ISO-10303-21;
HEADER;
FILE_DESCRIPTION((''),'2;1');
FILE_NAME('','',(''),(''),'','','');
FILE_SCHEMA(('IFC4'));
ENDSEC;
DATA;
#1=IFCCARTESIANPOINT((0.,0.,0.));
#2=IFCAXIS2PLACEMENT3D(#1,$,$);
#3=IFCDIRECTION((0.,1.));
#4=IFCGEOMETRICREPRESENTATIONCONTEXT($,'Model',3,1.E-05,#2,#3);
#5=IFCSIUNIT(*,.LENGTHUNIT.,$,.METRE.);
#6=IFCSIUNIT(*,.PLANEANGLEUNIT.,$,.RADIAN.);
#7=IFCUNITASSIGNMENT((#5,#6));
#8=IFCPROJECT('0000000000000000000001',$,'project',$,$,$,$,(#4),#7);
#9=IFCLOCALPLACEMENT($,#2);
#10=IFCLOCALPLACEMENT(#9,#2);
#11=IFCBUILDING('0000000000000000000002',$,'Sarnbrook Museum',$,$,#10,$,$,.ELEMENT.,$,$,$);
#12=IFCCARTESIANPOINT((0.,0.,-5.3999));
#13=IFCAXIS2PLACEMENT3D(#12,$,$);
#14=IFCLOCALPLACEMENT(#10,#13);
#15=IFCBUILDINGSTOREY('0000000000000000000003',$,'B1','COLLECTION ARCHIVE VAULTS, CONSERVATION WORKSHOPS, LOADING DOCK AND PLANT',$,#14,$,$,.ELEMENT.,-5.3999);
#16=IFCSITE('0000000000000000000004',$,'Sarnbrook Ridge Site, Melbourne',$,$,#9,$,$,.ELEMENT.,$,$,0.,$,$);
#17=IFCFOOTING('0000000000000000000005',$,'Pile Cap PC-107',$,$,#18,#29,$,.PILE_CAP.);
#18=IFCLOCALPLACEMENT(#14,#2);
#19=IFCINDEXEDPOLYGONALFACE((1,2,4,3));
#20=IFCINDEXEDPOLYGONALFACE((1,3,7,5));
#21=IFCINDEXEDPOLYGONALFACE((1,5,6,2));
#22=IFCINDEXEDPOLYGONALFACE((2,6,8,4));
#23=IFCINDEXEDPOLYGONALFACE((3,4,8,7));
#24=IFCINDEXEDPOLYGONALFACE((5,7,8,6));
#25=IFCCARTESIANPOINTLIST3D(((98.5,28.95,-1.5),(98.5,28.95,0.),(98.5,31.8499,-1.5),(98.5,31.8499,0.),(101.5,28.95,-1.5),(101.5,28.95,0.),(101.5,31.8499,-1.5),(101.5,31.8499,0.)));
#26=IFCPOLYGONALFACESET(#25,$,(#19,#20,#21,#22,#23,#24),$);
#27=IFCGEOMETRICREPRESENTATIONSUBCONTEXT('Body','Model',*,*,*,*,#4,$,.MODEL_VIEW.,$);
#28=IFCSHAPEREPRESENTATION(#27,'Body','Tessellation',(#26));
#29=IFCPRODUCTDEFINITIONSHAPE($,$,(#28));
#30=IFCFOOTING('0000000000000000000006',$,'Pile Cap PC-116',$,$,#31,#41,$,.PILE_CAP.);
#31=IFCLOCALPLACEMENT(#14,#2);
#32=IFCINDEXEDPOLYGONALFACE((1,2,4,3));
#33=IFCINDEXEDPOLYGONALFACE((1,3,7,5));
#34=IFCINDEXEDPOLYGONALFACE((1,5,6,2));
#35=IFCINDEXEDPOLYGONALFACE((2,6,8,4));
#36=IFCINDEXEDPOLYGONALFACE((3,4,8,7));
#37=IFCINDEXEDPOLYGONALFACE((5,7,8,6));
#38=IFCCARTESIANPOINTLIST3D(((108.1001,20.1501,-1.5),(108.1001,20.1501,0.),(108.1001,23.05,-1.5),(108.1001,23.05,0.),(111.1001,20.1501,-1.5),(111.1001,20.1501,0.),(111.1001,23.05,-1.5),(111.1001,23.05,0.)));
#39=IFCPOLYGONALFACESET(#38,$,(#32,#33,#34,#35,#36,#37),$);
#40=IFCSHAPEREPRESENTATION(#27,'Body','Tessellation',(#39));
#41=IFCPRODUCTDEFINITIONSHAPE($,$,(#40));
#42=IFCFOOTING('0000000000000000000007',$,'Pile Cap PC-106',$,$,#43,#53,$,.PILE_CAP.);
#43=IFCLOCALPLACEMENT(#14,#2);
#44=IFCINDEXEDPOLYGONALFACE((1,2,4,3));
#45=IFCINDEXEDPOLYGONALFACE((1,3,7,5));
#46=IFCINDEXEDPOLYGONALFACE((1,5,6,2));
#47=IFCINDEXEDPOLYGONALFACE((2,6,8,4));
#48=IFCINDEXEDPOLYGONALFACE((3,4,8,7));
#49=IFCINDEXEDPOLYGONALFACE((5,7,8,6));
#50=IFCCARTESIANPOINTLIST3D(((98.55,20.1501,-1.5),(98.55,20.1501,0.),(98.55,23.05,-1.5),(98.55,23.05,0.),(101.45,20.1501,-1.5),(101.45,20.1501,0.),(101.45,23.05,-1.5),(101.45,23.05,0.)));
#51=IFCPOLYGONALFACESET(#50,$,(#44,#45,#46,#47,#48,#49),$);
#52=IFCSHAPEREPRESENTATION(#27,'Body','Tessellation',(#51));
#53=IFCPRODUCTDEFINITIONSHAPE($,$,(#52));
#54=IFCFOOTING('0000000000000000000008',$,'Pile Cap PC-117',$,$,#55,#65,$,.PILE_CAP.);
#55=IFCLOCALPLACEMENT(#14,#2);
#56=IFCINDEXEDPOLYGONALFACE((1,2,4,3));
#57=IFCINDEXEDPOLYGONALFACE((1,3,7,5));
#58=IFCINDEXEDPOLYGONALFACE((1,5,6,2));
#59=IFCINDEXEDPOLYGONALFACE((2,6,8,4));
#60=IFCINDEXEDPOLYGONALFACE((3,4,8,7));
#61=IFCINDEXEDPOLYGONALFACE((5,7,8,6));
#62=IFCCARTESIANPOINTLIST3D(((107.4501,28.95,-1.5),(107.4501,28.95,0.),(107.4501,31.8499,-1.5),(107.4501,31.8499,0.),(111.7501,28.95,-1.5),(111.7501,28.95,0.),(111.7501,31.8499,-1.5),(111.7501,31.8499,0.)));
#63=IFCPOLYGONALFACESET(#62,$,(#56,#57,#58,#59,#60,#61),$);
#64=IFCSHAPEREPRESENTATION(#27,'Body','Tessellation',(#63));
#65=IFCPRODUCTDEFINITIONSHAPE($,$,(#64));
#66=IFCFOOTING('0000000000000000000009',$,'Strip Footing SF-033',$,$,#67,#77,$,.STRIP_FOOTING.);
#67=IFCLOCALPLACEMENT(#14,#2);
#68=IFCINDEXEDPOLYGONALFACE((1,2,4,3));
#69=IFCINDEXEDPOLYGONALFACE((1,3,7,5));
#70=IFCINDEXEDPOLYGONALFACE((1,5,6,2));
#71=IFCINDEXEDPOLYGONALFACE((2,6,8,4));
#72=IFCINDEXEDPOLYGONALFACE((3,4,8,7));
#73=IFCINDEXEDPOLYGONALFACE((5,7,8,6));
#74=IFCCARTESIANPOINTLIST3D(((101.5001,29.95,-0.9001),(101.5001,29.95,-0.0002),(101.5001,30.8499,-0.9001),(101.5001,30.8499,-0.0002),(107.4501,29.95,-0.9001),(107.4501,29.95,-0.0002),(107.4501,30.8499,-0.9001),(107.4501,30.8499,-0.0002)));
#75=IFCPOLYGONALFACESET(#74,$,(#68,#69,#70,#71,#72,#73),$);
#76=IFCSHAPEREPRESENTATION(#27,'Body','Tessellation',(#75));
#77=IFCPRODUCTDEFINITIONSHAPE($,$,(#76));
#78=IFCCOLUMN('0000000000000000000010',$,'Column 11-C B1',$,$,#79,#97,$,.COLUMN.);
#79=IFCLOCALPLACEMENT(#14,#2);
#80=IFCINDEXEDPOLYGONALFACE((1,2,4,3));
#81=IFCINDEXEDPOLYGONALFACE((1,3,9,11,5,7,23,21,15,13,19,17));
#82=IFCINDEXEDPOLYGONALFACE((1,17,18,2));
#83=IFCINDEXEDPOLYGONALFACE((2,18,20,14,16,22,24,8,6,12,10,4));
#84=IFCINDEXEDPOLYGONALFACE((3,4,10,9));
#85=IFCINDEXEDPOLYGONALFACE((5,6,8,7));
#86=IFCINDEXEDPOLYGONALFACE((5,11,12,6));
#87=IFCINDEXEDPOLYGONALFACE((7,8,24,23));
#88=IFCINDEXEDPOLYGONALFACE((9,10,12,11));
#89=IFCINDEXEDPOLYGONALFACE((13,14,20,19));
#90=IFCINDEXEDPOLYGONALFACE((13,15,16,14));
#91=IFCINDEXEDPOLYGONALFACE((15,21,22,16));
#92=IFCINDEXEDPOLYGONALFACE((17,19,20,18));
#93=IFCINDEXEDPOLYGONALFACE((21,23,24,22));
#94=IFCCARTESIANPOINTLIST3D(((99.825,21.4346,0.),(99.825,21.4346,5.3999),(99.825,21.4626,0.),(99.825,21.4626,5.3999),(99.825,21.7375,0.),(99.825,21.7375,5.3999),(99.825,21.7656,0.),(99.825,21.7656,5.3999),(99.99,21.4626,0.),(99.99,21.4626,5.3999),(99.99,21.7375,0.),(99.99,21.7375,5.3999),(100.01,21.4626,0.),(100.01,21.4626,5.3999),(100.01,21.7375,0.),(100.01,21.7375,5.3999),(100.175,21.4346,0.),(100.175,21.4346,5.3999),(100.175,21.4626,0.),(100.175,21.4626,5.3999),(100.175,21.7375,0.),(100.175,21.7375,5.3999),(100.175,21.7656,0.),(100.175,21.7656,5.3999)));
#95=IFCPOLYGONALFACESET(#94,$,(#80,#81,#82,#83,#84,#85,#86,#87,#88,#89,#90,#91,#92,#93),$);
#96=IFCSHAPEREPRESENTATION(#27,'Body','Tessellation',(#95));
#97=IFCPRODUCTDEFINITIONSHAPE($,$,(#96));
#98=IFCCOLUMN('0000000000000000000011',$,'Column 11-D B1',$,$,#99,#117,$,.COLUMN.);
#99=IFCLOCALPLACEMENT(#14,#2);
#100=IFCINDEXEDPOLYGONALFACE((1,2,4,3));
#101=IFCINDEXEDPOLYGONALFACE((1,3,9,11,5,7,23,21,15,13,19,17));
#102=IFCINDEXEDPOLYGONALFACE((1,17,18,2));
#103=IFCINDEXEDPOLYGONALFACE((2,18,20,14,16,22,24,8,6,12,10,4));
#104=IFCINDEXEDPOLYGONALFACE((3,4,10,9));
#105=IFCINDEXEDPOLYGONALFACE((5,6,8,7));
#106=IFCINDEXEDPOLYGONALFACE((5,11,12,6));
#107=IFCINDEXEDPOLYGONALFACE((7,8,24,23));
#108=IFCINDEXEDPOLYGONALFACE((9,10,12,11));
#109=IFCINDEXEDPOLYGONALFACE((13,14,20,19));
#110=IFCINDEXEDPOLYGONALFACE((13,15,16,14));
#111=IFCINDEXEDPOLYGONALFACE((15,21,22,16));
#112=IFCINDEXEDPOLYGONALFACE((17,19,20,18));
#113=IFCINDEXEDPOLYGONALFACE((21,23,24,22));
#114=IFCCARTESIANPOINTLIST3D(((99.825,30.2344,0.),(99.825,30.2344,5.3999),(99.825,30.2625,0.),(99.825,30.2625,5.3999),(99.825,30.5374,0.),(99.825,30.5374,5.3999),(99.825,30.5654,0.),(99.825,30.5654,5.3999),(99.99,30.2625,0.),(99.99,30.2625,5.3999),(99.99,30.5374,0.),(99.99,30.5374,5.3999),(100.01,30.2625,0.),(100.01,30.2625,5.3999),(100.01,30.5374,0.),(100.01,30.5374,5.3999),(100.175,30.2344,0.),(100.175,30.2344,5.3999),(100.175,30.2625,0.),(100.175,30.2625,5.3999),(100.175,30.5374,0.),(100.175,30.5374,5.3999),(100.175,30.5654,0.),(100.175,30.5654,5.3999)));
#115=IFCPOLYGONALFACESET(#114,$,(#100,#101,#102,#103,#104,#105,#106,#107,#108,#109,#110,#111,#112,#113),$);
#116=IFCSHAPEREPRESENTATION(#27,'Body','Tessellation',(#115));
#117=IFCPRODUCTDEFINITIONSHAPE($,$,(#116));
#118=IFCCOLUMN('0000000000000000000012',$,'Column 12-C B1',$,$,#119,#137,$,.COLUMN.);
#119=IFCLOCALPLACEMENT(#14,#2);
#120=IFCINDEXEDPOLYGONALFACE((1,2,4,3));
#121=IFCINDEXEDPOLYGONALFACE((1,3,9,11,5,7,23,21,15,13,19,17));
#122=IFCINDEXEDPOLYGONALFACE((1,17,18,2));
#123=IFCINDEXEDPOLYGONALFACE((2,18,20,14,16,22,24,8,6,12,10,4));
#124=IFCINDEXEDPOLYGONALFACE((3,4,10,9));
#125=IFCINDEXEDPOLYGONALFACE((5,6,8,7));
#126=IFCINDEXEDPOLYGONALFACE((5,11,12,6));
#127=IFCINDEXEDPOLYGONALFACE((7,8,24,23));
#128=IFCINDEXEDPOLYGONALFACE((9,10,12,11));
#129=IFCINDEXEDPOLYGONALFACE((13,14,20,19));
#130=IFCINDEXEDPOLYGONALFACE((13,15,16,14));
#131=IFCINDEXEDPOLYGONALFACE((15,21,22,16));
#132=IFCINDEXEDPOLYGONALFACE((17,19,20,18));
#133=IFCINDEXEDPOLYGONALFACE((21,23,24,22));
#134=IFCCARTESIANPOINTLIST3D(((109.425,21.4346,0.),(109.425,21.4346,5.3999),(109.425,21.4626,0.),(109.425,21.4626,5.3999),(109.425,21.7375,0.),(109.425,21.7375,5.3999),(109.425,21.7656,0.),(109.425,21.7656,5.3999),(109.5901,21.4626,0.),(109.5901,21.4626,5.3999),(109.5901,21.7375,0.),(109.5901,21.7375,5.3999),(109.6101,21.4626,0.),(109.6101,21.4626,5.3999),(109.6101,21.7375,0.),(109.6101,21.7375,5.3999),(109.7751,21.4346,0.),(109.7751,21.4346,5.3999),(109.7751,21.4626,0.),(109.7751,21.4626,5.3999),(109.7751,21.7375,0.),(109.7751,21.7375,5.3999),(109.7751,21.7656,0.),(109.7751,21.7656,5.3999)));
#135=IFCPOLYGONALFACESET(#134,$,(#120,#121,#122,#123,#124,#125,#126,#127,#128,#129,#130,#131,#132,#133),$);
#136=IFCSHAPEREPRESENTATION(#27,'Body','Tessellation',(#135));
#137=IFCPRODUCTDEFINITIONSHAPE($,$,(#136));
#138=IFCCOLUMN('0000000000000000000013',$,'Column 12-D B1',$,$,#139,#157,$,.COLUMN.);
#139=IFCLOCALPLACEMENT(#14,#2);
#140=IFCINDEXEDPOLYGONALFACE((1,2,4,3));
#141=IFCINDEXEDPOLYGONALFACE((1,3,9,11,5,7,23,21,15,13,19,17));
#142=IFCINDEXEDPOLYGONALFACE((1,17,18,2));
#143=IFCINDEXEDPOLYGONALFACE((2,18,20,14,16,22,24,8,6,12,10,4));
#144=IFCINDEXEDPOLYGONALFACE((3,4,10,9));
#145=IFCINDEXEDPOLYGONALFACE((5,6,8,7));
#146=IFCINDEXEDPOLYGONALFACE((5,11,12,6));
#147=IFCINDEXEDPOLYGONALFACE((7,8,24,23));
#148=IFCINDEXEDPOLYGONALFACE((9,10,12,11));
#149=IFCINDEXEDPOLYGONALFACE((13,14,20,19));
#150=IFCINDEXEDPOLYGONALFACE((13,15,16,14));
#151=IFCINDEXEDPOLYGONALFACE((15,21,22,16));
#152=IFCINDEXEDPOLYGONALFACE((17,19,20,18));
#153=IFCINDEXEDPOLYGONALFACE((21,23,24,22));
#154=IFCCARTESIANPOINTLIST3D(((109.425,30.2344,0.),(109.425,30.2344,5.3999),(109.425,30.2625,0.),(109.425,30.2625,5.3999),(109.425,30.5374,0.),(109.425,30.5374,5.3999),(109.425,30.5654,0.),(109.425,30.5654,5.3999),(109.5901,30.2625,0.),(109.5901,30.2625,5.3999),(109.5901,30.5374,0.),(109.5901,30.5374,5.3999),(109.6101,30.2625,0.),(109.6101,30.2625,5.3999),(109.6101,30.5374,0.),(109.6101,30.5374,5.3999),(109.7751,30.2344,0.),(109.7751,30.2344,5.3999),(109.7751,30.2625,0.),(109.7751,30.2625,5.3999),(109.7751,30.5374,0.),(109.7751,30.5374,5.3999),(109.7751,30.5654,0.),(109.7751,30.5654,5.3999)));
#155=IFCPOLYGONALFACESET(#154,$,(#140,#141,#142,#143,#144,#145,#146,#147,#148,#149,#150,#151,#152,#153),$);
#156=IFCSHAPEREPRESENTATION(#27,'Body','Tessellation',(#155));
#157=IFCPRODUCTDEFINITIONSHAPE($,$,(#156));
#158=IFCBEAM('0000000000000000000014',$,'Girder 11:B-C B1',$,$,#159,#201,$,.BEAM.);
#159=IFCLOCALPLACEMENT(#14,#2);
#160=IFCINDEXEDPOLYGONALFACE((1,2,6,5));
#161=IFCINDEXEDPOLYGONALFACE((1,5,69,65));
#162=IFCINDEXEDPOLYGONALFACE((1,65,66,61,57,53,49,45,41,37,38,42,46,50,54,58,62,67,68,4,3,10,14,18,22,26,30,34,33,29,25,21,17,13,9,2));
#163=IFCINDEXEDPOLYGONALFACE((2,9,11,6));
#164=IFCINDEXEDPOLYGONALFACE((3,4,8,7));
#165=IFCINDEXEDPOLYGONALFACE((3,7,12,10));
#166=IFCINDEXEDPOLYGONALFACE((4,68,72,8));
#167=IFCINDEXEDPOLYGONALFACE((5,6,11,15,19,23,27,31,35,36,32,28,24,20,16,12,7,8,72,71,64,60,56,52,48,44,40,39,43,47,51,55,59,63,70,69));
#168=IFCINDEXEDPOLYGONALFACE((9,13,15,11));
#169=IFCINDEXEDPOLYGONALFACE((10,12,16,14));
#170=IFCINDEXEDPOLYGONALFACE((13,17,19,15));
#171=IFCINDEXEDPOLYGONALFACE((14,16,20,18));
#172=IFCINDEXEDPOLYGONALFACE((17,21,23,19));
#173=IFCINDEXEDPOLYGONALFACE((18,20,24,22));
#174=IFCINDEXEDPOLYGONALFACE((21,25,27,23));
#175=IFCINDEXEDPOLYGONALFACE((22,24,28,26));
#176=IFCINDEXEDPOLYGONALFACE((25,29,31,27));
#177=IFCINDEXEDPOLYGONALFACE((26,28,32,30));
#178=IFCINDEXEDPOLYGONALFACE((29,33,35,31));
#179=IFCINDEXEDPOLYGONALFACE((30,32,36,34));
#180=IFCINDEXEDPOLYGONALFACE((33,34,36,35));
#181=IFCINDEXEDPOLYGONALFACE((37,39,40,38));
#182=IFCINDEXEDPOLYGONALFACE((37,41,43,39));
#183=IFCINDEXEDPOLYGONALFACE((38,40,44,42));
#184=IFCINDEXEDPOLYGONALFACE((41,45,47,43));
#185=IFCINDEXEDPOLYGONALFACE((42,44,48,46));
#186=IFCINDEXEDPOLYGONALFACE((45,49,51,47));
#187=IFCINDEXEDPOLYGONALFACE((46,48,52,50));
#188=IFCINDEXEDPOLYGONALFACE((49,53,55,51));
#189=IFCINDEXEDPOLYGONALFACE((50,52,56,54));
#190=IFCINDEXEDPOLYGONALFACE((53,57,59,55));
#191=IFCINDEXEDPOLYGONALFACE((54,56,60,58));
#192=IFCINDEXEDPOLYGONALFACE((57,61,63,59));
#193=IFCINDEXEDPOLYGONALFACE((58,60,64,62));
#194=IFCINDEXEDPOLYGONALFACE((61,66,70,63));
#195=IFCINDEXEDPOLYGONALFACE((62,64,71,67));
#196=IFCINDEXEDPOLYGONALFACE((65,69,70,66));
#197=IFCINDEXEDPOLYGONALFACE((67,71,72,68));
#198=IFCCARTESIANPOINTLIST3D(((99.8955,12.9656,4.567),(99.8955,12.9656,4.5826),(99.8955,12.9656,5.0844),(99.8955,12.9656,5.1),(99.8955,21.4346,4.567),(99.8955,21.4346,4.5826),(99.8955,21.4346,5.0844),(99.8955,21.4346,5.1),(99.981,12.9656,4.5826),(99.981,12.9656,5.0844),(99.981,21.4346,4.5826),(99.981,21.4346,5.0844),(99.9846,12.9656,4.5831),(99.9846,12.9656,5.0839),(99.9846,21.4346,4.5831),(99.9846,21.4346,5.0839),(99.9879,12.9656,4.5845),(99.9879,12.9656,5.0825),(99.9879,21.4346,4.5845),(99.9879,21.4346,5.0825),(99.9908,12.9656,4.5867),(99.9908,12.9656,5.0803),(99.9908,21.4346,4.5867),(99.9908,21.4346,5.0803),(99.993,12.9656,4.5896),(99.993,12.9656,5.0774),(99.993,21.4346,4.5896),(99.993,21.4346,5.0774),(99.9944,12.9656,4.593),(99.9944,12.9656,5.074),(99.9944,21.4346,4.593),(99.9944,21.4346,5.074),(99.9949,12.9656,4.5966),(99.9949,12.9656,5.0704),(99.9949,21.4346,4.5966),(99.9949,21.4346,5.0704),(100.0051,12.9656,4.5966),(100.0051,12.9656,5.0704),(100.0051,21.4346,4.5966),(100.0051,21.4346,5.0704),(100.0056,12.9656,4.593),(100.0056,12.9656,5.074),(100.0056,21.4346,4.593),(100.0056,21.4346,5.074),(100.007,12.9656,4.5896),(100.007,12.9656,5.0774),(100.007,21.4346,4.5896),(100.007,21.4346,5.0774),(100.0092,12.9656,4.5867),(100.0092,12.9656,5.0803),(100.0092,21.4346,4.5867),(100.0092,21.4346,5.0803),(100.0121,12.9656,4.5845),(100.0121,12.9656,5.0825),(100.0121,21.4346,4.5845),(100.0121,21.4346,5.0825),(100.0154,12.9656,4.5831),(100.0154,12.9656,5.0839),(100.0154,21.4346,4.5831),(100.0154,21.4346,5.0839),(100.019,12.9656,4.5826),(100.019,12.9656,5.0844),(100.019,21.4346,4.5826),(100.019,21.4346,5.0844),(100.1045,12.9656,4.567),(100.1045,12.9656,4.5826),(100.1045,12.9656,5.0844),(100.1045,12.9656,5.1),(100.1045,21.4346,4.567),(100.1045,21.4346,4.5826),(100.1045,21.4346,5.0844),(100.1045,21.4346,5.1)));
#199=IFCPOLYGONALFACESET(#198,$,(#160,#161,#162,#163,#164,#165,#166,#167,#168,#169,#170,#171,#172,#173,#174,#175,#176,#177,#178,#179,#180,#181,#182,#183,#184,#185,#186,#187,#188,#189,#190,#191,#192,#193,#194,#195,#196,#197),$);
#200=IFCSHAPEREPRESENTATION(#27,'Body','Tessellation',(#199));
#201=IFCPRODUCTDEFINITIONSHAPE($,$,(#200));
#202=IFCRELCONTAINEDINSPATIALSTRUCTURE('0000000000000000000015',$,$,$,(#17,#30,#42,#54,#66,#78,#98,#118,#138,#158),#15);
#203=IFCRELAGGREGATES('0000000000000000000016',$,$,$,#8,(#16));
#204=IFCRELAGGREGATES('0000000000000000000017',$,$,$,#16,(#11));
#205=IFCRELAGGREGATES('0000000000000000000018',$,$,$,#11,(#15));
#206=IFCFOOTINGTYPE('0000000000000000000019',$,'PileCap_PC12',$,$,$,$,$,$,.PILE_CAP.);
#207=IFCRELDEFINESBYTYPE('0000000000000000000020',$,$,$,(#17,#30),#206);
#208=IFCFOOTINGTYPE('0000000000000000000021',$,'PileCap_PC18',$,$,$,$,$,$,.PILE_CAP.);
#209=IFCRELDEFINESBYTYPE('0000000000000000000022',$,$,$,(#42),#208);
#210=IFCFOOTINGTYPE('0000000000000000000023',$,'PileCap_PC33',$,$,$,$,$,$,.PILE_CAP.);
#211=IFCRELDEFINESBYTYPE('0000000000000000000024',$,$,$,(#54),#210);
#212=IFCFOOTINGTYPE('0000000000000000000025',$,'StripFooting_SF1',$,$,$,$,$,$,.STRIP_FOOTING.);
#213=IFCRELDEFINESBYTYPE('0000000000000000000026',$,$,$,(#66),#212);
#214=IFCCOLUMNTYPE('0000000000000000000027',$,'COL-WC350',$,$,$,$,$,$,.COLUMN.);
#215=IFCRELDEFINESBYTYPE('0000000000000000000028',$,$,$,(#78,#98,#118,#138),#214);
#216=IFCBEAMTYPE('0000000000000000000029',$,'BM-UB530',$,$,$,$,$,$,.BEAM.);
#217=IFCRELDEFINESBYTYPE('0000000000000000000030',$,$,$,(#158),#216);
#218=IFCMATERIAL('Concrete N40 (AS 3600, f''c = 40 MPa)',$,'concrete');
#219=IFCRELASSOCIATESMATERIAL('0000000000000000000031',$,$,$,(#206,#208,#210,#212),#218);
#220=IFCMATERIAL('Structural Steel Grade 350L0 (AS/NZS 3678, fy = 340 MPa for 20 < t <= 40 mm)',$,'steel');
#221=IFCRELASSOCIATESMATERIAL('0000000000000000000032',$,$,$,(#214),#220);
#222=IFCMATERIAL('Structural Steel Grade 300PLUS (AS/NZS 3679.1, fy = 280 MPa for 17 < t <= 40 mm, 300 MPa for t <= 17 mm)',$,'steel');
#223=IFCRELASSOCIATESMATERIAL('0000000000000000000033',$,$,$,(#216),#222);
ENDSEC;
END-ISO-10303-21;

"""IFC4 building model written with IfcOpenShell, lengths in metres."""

from ifc_helpers import new_model, si_unit, direction, frame, origin, origin_2d, place, context, subcontext, project, spatial, rectangle, i_section, extrude, material, material_profile, profile_set, type_object, element, save


model = new_model("IFC4")

# Units and contexts
model_context = context("Model", 3, precision=1e-05, world=origin(), true_north=direction((0.0, 1.0)))
body_context = subcontext(model_context, "Body", "Model", "MODEL_VIEW")
ifc_project = project(units=[si_unit("LENGTHUNIT", "METRE"), si_unit("PLANEANGLEUNIT", "RADIAN")], contexts=[model_context])

# Site, building, storey
site_placement = place(None, origin())
site = spatial("IfcSite", under=ifc_project, at=site_placement, Name="Sarnbrook Ridge Site, Melbourne", CompositionType="ELEMENT", RefElevation=0.0)
building_placement = place(site_placement, origin())
building = spatial("IfcBuilding", under=site, at=building_placement, Name="Sarnbrook Museum", CompositionType="ELEMENT")
storey_placement = place(building_placement, frame((0.0, 0.0, -5.3999)))
storey = spatial("IfcBuildingStorey", under=building, at=storey_placement, Name="B1", Description="COLLECTION ARCHIVE VAULTS, CONSERVATION WORKSHOPS, LOADING DOCK AND PLANT", CompositionType="ELEMENT", Elevation=-5.3999)

# Footings
ifc_material_1 = material(Name="Concrete N40 (AS 3600, f'c = 40 MPa)", Category="concrete")
footing_type_1 = type_object("IfcFootingType", Name="PileCap_PC12", PredefinedType="PILE_CAP", material=ifc_material_1)
for number, where, z_axis, x_axis, name in (
    (1, (100.0, 30.3999, -1.5), (0.0, 0.0, 1.0), (1.0, 0.0, 0.0), "Pile Cap PC-107"),
    (2, (109.6001, 21.6001, -1.5), (0.0, 0.0, 1.0), (1.0, 0.0, 0.0), "Pile Cap PC-116"),
):
    element("IfcFooting", number, at=place(storey_placement, frame(where, z_axis=z_axis, x_axis=x_axis)), inside=storey, type_object=footing_type_1, Name=name, PredefinedType="PILE_CAP", context=body_context, shape_type="SweptSolid", body=[
        extrude(rectangle(XDim=3.0, YDim=2.8999, at=origin_2d()), origin(), (0.0, 0.0, 1.0), 1.5),
    ])
footing_type_2 = type_object("IfcFootingType", Name="PileCap_PC18", PredefinedType="PILE_CAP", material=ifc_material_1)
footing_1_placement = place(storey_placement, frame((100.0, 21.6001, -1.5), z_axis=(0.0, 0.0, 1.0), x_axis=(1.0, 0.0, 0.0)))
element("IfcFooting", 3, at=footing_1_placement, inside=storey, type_object=footing_type_2, Name="Pile Cap PC-106", PredefinedType="PILE_CAP", context=body_context, shape_type="SweptSolid", body=[
    extrude(rectangle(XDim=2.8999, YDim=2.8999, at=origin_2d()), origin(), (0.0, 0.0, 1.0), 1.5),
])
footing_type_3 = type_object("IfcFootingType", Name="PileCap_PC33", PredefinedType="PILE_CAP", material=ifc_material_1)
footing_2_placement = place(storey_placement, frame((109.6001, 30.3999, -1.5), z_axis=(0.0, 0.0, 1.0), x_axis=(1.0, 0.0, 0.0)))
element("IfcFooting", 4, at=footing_2_placement, inside=storey, type_object=footing_type_3, Name="Pile Cap PC-117", PredefinedType="PILE_CAP", context=body_context, shape_type="SweptSolid", body=[
    extrude(rectangle(XDim=4.3, YDim=2.8999, at=origin_2d()), origin(), (0.0, 0.0, 1.0), 1.5),
])
footing_type_4 = type_object("IfcFootingType", Name="StripFooting_SF1", PredefinedType="STRIP_FOOTING", material=ifc_material_1)
footing_3_placement = place(storey_placement, frame((104.4751, 30.3999, -0.9001), z_axis=(0.0, 0.0, 1.0), x_axis=(1.0, 0.0, 0.0)))
element("IfcFooting", 5, at=footing_3_placement, inside=storey, type_object=footing_type_4, Name="Strip Footing SF-033", PredefinedType="STRIP_FOOTING", context=body_context, shape_type="SweptSolid", body=[
    extrude(rectangle(XDim=5.95, YDim=0.8999, at=origin_2d()), origin(), (0.0, 0.0, 1.0), 0.8999),
])

# Columns
ifc_material_2 = material(Name="Structural Steel Grade 350L0 (AS/NZS 3678, fy = 340 MPa for 20 < t <= 40 mm)", Category="steel")
ifc_material_profile_1 = material_profile(ifc_material_2, i_section(OverallWidth=0.3501, OverallDepth=0.3311, WebThickness=0.02, FlangeThickness=0.0281, at=origin_2d()), Name="350WC197")
ifc_profile_set_1 = profile_set([ifc_material_profile_1], Name="Structural Steel Grade 350L0 (AS/NZS 3678, fy = 340 MPa for 20 < t <= 40 mm)")
column_type = type_object("IfcColumnType", Name="COL-WC350", PredefinedType="COLUMN", material=ifc_profile_set_1)
for number, where, z_axis, x_axis, name in (
    (6, (100.0, 21.6001, 0.0), (0.0, 0.0, 1.0), (1.0, 0.0, 0.0), "Column 11-C B1"),
    (7, (100.0, 30.3999, 0.0), (0.0, 0.0, 1.0), (1.0, 0.0, 0.0), "Column 11-D B1"),
    (8, (109.6001, 21.6001, 0.0), (0.0, 0.0, 1.0), (1.0, 0.0, 0.0), "Column 12-C B1"),
    (9, (109.6001, 30.3999, 0.0), (0.0, 0.0, 1.0), (1.0, 0.0, 0.0), "Column 12-D B1"),
):
    element("IfcColumn", number, at=place(storey_placement, frame(where, z_axis=z_axis, x_axis=x_axis)), inside=storey, type_object=column_type, Name=name, PredefinedType="COLUMN", context=body_context, shape_type="SweptSolid", body=[
        extrude(i_section(OverallWidth=0.3501, OverallDepth=0.3311, WebThickness=0.02, FlangeThickness=0.0281, at=origin_2d()), origin(), (0.0, 0.0, 1.0), 5.3999),
    ])

# Beam
ifc_material_3 = material(Name="Structural Steel Grade 300PLUS (AS/NZS 3679.1, fy = 280 MPa for 17 < t <= 40 mm, 300 MPa for t <= 17 mm)", Category="steel")
ifc_material_profile_2 = material_profile(ifc_material_3, i_section(OverallWidth=0.209, OverallDepth=0.533, WebThickness=0.0103, FlangeThickness=0.0156, FilletRadius=0.0139, at=origin_2d()), Name="530UB92.4")
ifc_profile_set_2 = profile_set([ifc_material_profile_2], Name="Structural Steel Grade 300PLUS (AS/NZS 3679.1, fy = 280 MPa for 17 < t <= 40 mm, 300 MPa for t <= 17 mm)")
beam_type_1 = type_object("IfcBeamType", Name="BM-UB530", PredefinedType="BEAM", material=ifc_profile_set_2)
beam_1_placement = place(storey_placement, frame((100.0, 12.9656, 4.8335), z_axis=(0.0, 1.0, 0.0), x_axis=(-1.0, 0.0, 0.0)))
element("IfcBeam", 10, at=beam_1_placement, inside=storey, type_object=beam_type_1, Name="Girder 11:B-C B1", PredefinedType="BEAM", context=body_context, shape_type="SweptSolid", body=[
    extrude(i_section(OverallWidth=0.209, OverallDepth=0.533, WebThickness=0.0103, FlangeThickness=0.0156, FilletRadius=0.0139, at=origin_2d()), origin(), (0.0, 0.0, 1.0), 8.469),
])

save(model, "model.ifc")
